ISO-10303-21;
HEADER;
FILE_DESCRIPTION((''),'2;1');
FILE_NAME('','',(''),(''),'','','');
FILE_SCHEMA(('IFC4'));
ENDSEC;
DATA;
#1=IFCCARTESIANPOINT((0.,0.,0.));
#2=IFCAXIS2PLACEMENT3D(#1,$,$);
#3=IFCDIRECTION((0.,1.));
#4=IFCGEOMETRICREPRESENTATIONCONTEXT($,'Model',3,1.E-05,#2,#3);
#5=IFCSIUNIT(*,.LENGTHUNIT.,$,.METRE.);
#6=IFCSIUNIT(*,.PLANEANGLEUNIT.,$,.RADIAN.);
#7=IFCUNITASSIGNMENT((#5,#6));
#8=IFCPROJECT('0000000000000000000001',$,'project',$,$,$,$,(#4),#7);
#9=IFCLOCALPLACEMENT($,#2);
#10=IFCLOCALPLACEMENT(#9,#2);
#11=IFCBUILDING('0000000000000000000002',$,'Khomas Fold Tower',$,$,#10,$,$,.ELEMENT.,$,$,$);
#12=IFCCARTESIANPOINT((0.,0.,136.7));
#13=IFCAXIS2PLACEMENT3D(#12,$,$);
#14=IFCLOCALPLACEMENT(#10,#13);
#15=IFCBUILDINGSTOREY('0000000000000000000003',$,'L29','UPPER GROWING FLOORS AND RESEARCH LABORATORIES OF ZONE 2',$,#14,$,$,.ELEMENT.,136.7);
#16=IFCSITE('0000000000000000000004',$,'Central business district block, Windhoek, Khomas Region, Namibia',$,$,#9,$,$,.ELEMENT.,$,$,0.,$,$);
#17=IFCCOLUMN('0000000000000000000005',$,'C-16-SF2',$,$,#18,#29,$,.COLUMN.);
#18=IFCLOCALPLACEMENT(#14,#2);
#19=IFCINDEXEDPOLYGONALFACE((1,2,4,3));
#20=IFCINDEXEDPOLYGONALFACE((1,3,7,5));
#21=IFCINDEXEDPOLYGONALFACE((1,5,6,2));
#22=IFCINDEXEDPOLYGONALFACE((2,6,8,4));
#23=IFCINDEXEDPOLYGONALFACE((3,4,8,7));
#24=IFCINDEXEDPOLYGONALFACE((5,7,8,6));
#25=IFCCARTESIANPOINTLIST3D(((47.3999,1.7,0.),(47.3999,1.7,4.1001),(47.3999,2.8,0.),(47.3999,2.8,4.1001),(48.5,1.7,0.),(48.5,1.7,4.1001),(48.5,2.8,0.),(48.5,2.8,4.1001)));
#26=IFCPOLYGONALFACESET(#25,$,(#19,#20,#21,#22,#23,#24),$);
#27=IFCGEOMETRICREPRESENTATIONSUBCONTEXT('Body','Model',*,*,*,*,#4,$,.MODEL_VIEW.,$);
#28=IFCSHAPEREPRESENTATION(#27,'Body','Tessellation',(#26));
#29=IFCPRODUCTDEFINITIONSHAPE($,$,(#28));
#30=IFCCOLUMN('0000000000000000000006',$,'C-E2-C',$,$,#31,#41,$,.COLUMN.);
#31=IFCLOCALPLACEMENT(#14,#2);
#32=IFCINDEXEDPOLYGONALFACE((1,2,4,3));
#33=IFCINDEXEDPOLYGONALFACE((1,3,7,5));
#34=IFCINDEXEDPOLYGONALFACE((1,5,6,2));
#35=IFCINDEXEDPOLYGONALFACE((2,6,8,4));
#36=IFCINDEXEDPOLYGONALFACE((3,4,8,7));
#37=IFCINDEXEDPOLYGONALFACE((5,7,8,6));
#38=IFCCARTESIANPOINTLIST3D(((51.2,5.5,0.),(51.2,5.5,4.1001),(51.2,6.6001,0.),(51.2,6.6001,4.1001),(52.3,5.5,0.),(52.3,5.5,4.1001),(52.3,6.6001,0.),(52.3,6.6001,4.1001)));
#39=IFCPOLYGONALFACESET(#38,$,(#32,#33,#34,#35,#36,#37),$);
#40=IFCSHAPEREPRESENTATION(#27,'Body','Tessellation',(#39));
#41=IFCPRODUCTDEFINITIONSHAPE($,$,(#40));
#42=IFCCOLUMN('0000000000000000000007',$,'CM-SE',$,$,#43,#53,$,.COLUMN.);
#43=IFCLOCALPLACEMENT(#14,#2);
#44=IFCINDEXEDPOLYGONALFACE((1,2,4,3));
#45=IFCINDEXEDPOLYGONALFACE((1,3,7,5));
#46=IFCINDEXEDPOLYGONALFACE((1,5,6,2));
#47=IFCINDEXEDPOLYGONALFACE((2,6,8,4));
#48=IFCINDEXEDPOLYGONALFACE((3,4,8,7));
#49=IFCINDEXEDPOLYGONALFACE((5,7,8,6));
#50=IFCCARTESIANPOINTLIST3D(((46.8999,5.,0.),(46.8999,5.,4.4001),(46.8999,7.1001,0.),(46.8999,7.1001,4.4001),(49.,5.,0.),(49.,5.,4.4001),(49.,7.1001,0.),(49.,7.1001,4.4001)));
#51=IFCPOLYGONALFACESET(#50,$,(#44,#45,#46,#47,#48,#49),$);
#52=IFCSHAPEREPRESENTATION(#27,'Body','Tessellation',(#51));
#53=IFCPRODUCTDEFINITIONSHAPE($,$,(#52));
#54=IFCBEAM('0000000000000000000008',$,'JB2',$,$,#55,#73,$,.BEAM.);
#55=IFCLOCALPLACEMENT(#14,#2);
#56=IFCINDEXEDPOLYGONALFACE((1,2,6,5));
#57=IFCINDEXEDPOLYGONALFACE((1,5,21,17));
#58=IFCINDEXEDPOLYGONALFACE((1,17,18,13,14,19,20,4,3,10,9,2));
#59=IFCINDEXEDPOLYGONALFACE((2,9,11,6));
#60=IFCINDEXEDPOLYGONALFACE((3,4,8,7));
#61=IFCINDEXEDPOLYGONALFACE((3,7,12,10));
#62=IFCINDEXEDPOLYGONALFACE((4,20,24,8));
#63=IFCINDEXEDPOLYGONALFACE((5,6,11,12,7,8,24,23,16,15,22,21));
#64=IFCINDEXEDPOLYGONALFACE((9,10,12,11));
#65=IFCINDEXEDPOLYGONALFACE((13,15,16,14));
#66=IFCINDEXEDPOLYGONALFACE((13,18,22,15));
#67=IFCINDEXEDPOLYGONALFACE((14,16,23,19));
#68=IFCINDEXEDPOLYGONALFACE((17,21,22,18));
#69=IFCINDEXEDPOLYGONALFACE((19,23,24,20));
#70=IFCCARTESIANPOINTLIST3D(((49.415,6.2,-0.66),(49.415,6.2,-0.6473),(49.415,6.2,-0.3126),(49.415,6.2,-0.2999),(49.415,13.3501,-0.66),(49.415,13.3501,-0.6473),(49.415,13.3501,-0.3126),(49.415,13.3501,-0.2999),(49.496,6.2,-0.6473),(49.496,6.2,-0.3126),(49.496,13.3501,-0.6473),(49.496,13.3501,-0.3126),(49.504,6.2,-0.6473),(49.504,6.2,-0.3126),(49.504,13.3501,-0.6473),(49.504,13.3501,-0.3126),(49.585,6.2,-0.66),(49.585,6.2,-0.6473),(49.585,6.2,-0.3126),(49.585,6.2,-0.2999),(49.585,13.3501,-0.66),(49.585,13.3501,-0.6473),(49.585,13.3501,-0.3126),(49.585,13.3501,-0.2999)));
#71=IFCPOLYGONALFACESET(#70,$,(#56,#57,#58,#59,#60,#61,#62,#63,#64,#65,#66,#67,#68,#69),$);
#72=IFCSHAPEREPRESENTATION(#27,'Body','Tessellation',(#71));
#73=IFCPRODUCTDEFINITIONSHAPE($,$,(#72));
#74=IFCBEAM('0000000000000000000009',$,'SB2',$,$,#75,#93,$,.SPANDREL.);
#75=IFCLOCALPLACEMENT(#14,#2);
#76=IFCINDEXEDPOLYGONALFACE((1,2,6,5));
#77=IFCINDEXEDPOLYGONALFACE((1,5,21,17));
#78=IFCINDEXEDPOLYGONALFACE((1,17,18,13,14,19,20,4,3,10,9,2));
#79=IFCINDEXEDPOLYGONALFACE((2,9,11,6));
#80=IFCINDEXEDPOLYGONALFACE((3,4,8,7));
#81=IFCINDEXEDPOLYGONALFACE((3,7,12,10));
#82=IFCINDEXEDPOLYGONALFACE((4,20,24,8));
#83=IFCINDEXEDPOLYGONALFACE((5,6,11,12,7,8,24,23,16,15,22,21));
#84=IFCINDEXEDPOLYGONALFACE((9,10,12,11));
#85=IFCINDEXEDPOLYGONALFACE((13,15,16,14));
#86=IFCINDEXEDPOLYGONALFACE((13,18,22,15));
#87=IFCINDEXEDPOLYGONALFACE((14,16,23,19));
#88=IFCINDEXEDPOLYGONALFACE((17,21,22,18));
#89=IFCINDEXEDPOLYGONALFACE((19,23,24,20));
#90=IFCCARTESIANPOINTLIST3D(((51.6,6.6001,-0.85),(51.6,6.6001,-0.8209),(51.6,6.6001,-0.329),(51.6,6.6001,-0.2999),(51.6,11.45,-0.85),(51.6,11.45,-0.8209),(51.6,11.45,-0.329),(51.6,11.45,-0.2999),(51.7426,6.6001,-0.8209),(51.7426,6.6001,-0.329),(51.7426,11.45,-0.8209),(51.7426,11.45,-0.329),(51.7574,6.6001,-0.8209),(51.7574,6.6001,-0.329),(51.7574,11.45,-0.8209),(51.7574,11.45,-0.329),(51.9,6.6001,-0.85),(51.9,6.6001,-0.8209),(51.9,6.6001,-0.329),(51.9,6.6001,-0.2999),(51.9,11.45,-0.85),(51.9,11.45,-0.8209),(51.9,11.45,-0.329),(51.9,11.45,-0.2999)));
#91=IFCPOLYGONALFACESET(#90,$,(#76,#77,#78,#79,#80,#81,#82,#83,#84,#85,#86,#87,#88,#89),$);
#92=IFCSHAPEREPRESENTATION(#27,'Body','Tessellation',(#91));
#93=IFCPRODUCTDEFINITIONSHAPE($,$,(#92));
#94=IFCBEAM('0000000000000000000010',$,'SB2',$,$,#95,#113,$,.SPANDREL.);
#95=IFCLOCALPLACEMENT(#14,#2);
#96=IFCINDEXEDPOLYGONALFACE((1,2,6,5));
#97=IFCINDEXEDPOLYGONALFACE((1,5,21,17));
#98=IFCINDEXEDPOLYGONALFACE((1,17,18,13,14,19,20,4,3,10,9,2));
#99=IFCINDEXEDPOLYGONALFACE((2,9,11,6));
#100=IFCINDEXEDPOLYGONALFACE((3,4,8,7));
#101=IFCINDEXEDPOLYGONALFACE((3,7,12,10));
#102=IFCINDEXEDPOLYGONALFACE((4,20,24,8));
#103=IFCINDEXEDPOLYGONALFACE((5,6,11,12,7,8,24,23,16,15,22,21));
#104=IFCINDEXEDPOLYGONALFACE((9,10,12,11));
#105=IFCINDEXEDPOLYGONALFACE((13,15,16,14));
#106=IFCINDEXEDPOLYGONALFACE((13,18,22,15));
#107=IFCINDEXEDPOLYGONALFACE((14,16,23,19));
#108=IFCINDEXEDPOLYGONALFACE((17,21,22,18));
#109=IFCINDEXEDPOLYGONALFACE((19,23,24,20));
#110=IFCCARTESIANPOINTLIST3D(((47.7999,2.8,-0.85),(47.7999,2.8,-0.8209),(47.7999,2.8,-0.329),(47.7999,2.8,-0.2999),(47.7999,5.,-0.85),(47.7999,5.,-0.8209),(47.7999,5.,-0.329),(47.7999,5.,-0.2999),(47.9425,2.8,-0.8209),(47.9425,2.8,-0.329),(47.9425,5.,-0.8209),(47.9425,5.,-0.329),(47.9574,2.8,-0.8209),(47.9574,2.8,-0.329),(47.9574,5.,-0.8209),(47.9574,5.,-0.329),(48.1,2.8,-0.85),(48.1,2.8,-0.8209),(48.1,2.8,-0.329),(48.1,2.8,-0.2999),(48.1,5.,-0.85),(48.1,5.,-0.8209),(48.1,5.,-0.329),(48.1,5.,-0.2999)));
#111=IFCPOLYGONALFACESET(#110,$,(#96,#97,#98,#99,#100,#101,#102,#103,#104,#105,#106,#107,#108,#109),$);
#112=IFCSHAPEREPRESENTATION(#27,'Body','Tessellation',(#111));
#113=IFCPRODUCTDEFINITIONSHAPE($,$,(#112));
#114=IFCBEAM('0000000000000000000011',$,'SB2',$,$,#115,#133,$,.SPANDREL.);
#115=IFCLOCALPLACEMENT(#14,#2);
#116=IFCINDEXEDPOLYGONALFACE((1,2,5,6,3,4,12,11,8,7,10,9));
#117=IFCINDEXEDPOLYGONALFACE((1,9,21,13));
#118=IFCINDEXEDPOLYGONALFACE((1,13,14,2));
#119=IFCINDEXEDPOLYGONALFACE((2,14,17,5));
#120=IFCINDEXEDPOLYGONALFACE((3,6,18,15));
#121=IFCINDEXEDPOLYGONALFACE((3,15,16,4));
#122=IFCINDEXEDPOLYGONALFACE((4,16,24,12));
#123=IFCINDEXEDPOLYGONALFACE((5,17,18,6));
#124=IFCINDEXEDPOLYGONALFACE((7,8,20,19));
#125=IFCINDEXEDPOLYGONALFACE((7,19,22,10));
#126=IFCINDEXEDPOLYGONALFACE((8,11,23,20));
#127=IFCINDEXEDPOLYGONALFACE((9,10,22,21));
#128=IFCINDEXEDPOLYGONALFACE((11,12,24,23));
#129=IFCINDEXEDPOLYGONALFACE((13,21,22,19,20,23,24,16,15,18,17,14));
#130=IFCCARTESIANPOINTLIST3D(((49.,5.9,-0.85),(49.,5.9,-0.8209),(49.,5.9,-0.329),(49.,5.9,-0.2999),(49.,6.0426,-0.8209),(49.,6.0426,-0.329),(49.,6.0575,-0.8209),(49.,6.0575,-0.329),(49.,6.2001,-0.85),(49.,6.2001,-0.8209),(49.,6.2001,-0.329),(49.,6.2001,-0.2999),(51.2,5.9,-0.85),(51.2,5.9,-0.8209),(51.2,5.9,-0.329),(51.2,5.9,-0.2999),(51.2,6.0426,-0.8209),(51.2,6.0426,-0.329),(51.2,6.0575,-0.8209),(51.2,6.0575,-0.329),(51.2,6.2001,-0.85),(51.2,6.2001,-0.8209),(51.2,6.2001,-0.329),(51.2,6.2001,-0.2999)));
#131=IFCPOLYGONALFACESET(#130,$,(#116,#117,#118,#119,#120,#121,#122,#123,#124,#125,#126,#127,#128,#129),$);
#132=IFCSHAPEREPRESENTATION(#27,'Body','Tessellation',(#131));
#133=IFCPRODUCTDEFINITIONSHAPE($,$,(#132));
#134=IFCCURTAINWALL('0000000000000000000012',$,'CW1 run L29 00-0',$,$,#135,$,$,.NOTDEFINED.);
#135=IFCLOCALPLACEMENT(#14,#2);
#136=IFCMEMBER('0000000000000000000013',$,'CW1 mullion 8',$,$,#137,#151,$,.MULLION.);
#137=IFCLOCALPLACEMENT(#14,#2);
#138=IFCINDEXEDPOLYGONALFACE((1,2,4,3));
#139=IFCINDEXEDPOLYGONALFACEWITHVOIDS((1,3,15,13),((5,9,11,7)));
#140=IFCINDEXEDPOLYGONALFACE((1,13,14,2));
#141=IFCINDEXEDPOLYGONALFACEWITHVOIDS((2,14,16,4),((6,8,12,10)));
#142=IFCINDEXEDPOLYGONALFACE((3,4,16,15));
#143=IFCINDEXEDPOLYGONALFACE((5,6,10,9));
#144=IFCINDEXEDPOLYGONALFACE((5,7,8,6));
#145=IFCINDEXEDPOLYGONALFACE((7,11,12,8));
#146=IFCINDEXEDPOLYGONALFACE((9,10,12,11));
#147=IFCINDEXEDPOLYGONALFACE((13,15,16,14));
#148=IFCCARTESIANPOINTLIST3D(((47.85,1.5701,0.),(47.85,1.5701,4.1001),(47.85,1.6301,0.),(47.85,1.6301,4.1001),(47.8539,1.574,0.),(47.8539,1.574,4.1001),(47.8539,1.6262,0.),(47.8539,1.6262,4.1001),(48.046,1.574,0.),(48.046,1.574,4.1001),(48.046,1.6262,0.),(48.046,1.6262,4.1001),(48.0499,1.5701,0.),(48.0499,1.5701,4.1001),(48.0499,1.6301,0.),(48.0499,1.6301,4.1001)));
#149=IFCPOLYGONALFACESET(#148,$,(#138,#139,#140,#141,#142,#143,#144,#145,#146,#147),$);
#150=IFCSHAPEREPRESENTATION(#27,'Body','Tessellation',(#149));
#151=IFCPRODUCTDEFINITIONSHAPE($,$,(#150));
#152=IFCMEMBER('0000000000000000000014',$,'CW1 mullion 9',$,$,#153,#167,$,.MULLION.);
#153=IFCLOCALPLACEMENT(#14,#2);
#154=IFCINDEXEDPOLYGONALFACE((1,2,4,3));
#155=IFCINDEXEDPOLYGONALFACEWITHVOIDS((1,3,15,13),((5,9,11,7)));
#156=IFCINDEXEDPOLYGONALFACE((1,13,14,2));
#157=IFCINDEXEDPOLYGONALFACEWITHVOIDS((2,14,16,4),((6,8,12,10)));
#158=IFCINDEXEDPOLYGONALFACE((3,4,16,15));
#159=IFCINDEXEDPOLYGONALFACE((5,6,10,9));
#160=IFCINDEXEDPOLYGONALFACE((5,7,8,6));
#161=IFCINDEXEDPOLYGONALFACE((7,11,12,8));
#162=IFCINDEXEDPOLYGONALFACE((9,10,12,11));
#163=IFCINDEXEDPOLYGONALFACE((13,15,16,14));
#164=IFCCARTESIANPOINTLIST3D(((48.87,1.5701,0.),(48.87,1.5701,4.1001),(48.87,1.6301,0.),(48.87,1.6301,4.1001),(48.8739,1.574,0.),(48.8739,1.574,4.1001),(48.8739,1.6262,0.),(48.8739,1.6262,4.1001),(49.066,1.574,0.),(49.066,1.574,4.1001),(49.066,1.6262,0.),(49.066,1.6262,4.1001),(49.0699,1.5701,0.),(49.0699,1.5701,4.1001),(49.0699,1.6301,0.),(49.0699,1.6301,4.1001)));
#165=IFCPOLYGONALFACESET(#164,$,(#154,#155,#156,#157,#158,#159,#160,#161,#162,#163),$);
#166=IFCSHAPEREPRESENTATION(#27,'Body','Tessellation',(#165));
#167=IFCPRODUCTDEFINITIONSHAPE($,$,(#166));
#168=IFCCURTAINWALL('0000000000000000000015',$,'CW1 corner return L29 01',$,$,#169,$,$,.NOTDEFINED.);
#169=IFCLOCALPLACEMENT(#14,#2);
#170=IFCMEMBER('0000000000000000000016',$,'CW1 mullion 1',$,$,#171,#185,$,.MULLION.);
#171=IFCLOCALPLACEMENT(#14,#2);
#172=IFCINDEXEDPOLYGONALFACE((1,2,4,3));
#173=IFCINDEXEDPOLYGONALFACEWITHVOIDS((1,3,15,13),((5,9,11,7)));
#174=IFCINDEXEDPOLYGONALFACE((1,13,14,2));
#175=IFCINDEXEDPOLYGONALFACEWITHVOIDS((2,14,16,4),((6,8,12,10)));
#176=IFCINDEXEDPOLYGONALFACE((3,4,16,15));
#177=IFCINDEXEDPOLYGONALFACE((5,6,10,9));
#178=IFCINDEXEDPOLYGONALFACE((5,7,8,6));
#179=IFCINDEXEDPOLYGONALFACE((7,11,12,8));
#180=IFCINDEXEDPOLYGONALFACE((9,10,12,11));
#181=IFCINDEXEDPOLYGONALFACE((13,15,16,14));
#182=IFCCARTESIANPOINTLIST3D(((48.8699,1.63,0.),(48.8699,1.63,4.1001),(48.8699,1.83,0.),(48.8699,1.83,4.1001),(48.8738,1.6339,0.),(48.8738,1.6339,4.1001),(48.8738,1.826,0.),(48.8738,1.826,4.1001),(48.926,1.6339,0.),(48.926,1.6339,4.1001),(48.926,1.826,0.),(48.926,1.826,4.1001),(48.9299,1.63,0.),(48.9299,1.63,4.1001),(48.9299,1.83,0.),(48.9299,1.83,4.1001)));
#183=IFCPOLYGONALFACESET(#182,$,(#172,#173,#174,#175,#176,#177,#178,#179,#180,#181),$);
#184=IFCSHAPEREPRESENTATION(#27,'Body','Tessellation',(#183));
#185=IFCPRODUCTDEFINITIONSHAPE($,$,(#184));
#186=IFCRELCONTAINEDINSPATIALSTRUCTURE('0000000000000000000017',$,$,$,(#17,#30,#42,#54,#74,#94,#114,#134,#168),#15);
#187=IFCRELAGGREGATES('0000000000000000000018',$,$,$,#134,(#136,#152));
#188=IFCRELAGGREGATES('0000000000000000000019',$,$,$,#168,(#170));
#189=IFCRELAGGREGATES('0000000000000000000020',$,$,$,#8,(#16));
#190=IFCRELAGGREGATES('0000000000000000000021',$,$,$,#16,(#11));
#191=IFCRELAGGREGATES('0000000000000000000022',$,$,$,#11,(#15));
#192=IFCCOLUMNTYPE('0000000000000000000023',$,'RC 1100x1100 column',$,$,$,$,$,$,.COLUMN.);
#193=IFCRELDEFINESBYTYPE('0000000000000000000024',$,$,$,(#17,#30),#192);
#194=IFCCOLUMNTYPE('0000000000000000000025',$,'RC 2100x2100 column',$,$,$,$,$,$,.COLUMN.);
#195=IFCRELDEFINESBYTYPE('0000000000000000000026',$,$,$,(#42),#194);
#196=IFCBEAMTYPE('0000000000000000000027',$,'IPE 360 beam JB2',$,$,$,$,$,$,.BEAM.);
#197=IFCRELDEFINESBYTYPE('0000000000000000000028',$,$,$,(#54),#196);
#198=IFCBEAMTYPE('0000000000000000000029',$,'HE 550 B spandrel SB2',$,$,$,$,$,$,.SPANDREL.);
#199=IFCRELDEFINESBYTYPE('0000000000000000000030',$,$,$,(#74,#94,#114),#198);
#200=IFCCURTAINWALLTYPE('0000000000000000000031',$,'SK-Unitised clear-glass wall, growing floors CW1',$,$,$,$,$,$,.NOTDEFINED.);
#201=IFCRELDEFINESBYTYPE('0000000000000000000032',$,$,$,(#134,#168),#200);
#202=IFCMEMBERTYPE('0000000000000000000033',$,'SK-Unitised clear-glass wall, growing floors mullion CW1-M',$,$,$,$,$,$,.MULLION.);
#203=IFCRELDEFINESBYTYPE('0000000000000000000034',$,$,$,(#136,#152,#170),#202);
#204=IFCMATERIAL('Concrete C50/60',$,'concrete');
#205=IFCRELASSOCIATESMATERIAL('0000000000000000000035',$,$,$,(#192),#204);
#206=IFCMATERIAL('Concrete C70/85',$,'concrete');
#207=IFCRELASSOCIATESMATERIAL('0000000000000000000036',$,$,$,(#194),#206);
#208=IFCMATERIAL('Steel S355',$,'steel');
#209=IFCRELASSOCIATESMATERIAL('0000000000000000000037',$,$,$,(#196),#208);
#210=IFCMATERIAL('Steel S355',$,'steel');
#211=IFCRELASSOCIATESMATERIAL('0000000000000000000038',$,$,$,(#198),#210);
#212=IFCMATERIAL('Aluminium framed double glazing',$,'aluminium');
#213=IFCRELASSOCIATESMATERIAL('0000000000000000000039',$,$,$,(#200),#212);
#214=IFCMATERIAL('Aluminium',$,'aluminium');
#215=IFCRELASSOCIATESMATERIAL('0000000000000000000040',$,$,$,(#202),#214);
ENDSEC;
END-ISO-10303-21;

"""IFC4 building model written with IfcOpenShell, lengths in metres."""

from ifc_helpers import new_model, si_unit, direction, frame, origin, origin_2d, place, context, subcontext, project, spatial, rectangle, hollow_rectangle, i_section, extrude, source, transform, mapped, material, material_profile, profile_set, type_object, element, aggregate, save


model = new_model("IFC4")

# Units and contexts
model_context = context("Model", 3, precision=1e-05, world=origin(), true_north=direction((0.0, 1.0)))
body_context = subcontext(model_context, "Body", "Model", "MODEL_VIEW")
ifc_project = project(units=[si_unit("LENGTHUNIT", "METRE"), si_unit("PLANEANGLEUNIT", "RADIAN")], contexts=[model_context])

# Site, building, storey
site_placement = place(None, origin())
site = spatial("IfcSite", under=ifc_project, at=site_placement, Name="Central business district block, Windhoek, Khomas Region, Namibia", CompositionType="ELEMENT", RefElevation=0.0)
building_placement = place(site_placement, origin())
building = spatial("IfcBuilding", under=site, at=building_placement, Name="Khomas Fold Tower", CompositionType="ELEMENT")
storey_placement = place(building_placement, frame((0.0, 0.0, 136.7)))
storey = spatial("IfcBuildingStorey", under=building, at=storey_placement, Name="L29", Description="UPPER GROWING FLOORS AND RESEARCH LABORATORIES OF ZONE 2", CompositionType="ELEMENT", Elevation=136.7)

# Columns
ifc_material_1 = material(Name="Concrete C50/60", Category="concrete")
ifc_material_profile_1 = material_profile(ifc_material_1, rectangle(XDim=1.1001, YDim=1.1001, at=origin_2d()), Name="RC 1100x1100")
ifc_profile_set_1 = profile_set([ifc_material_profile_1], Name="Concrete C50/60")
column_type_1 = type_object("IfcColumnType", Name="RC 1100x1100 column", PredefinedType="COLUMN", material=ifc_profile_set_1)
shared_shape_1 = source(origin(), body_context, "Body", "SweptSolid", [
    extrude(rectangle(XDim=1.1001, YDim=1.1001, at=origin_2d()), origin(), (0.0, 0.0, 1.0), 4.1001),
])
for number, where, z_axis, x_axis, name in (
    (1, (47.95, 2.25, 0.0), (0.0, 0.0, 1.0), (1.0, 0.0, 0.0), "C-16-SF2"),
    (2, (51.75, 6.05, 0.0), (0.0, 0.0, 1.0), (1.0, 0.0, 0.0), "C-E2-C"),
):
    element("IfcColumn", number, at=place(storey_placement, frame(where, z_axis=z_axis, x_axis=x_axis)), inside=storey, type_object=column_type_1, Name=name, PredefinedType="COLUMN", context=body_context, shape_type="MappedRepresentation", body=[
        mapped(shared_shape_1, transform((0.0, 0.0, 0.0))),
    ])
ifc_material_2 = material(Name="Concrete C70/85", Category="concrete")
ifc_material_profile_2 = material_profile(ifc_material_2, rectangle(XDim=2.1001, YDim=2.1001, at=origin_2d()), Name="RC 2100x2100")
ifc_profile_set_2 = profile_set([ifc_material_profile_2], Name="Concrete C70/85")
column_type_2 = type_object("IfcColumnType", Name="RC 2100x2100 column", PredefinedType="COLUMN", material=ifc_profile_set_2)
shared_shape_2 = source(origin(), body_context, "Body", "SweptSolid", [
    extrude(rectangle(XDim=2.1001, YDim=2.1001, at=origin_2d()), origin(), (0.0, 0.0, 1.0), 4.4001),
])
column_placement = place(storey_placement, frame((47.95, 6.05, 0.0), z_axis=(0.0, 0.0, 1.0), x_axis=(1.0, 0.0, 0.0)))
element("IfcColumn", 3, at=column_placement, inside=storey, type_object=column_type_2, Name="CM-SE", PredefinedType="COLUMN", context=body_context, shape_type="MappedRepresentation", body=[
    mapped(shared_shape_2, transform((0.0, 0.0, 0.0))),
])

# Beams
ifc_material_3 = material(Name="Steel S355", Category="steel")
ifc_material_profile_3 = material_profile(ifc_material_3, i_section(OverallWidth=0.1699, OverallDepth=0.3601, WebThickness=0.0081, FlangeThickness=0.0127, at=origin_2d()), Name="IPE 360")
ifc_profile_set_3 = profile_set([ifc_material_profile_3], Name="Steel S355")
beam_type_1 = type_object("IfcBeamType", Name="IPE 360 beam JB2", PredefinedType="BEAM", material=ifc_profile_set_3)
shared_shape_3 = source(origin(), body_context, "Body", "SweptSolid", [
    extrude(i_section(OverallWidth=0.1699, OverallDepth=0.3601, WebThickness=0.0081, FlangeThickness=0.0127, at=origin_2d()), origin(), (0.0, 0.0, 1.0), 7.1501),
])
beam_1_placement = place(storey_placement, frame((49.5, 6.2, -0.48), z_axis=(0.0, 1.0, 0.0), x_axis=(-1.0, 0.0, 0.0)))
element("IfcBeam", 4, at=beam_1_placement, inside=storey, type_object=beam_type_1, Name="JB2", PredefinedType="BEAM", context=body_context, shape_type="MappedRepresentation", body=[
    mapped(shared_shape_3, transform((0.0, 0.0, 0.0))),
])
ifc_material_4 = material(Name="Steel S355", Category="steel")
ifc_material_profile_4 = material_profile(ifc_material_4, i_section(OverallWidth=0.3, OverallDepth=0.55, WebThickness=0.0149, FlangeThickness=0.0291, at=origin_2d()), Name="HE 550 B")
ifc_profile_set_4 = profile_set([ifc_material_profile_4], Name="Steel S355")
beam_type_2 = type_object("IfcBeamType", Name="HE 550 B spandrel SB2", PredefinedType="SPANDREL", material=ifc_profile_set_4)
shared_shape_4 = source(origin(), body_context, "Body", "SweptSolid", [
    extrude(i_section(OverallWidth=0.3, OverallDepth=0.55, WebThickness=0.0149, FlangeThickness=0.0291, at=origin_2d()), origin(), (0.0, 0.0, 1.0), 4.8499),
])
beam_2_placement = place(storey_placement, frame((51.75, 6.6001, -0.575), z_axis=(0.0, 1.0, 0.0), x_axis=(-1.0, 0.0, 0.0)))
element("IfcBeam", 5, at=beam_2_placement, inside=storey, type_object=beam_type_2, Name="SB2", PredefinedType="SPANDREL", context=body_context, shape_type="MappedRepresentation", body=[
    mapped(shared_shape_4, transform((0.0, 0.0, 0.0))),
])
shared_shape_5 = source(origin(), body_context, "Body", "SweptSolid", [
    extrude(i_section(OverallWidth=0.3, OverallDepth=0.55, WebThickness=0.0149, FlangeThickness=0.0291, at=origin_2d()), origin(), (0.0, 0.0, 1.0), 2.2),
])
for number, where, z_axis, x_axis, name in (
    (6, (47.95, 2.8, -0.575), (0.0, 1.0, 0.0), (-1.0, 0.0, 0.0), "SB2"),
    (7, (49.0, 6.05, -0.575), (1.0, 0.0, 0.0), (0.0, 1.0, 0.0), "SB2"),
):
    element("IfcBeam", number, at=place(storey_placement, frame(where, z_axis=z_axis, x_axis=x_axis)), inside=storey, type_object=beam_type_2, Name=name, PredefinedType="SPANDREL", context=body_context, shape_type="MappedRepresentation", body=[
        mapped(shared_shape_5, transform((0.0, 0.0, 0.0))),
    ])

# Curtain walls, members
ifc_material_5 = material(Name="Aluminium framed double glazing", Category="aluminium")
curtain_wall_type = type_object("IfcCurtainWallType", Name="SK-Unitised clear-glass wall, growing floors CW1", PredefinedType="NOTDEFINED", material=ifc_material_5)
curtain_wall_1_placement = place(storey_placement, origin())
curtain_wall_1 = element("IfcCurtainWall", 8, at=curtain_wall_1_placement, inside=storey, type_object=curtain_wall_type, Name="CW1 run L29 00-0", PredefinedType="NOTDEFINED")
ifc_material_6 = material(Name="Aluminium", Category="aluminium")
ifc_material_profile_5 = material_profile(ifc_material_6, hollow_rectangle(XDim=0.0601, YDim=0.2, WallThickness=0.0039, at=origin_2d()), Name="SK-Unitised clear-glass wall, growing floors mullion CW1-M")
ifc_profile_set_5 = profile_set([ifc_material_profile_5], Name="Aluminium")
member_type_1 = type_object("IfcMemberType", Name="SK-Unitised clear-glass wall, growing floors mullion CW1-M", PredefinedType="MULLION", material=ifc_profile_set_5)
shared_shape_6 = source(origin(), body_context, "Body", "SweptSolid", [
    extrude(hollow_rectangle(XDim=0.0601, YDim=0.2, WallThickness=0.0039, at=origin_2d()), origin(), (0.0, 0.0, 1.0), 4.1001),
])
member_1_placement = place(storey_placement, frame((47.95, 1.6001, 0.0), z_axis=(0.0, 0.0, 1.0), x_axis=(0.0, 1.0, 0.0)))
member_1 = element("IfcMember", 9, at=member_1_placement, type_object=member_type_1, Name="CW1 mullion 8", PredefinedType="MULLION", context=body_context, shape_type="MappedRepresentation", body=[
    mapped(shared_shape_6, transform((0.0, 0.0, 0.0))),
])
member_2_placement = place(storey_placement, frame((48.97, 1.6001, 0.0), z_axis=(0.0, 0.0, 1.0), x_axis=(0.0, 1.0, 0.0)))
member_2 = element("IfcMember", 10, at=member_2_placement, type_object=member_type_1, Name="CW1 mullion 9", PredefinedType="MULLION", context=body_context, shape_type="MappedRepresentation", body=[
    mapped(shared_shape_6, transform((0.0, 0.0, 0.0))),
])
curtain_wall_2_placement = place(storey_placement, origin())
curtain_wall_2 = element("IfcCurtainWall", 11, at=curtain_wall_2_placement, inside=storey, type_object=curtain_wall_type, Name="CW1 corner return L29 01", PredefinedType="NOTDEFINED")
member_3_placement = place(storey_placement, frame((48.8999, 1.73, 0.0), z_axis=(0.0, 0.0, 1.0), x_axis=(-1.0, 0.0, 0.0)))
member_3 = element("IfcMember", 12, at=member_3_placement, type_object=member_type_1, Name="CW1 mullion 1", PredefinedType="MULLION", context=body_context, shape_type="MappedRepresentation", body=[
    mapped(shared_shape_6, transform((0.0, 0.0, 0.0))),
])

aggregate(curtain_wall_1, [member_1, member_2])
aggregate(curtain_wall_2, [member_3])

save(model, "model.ifc")
